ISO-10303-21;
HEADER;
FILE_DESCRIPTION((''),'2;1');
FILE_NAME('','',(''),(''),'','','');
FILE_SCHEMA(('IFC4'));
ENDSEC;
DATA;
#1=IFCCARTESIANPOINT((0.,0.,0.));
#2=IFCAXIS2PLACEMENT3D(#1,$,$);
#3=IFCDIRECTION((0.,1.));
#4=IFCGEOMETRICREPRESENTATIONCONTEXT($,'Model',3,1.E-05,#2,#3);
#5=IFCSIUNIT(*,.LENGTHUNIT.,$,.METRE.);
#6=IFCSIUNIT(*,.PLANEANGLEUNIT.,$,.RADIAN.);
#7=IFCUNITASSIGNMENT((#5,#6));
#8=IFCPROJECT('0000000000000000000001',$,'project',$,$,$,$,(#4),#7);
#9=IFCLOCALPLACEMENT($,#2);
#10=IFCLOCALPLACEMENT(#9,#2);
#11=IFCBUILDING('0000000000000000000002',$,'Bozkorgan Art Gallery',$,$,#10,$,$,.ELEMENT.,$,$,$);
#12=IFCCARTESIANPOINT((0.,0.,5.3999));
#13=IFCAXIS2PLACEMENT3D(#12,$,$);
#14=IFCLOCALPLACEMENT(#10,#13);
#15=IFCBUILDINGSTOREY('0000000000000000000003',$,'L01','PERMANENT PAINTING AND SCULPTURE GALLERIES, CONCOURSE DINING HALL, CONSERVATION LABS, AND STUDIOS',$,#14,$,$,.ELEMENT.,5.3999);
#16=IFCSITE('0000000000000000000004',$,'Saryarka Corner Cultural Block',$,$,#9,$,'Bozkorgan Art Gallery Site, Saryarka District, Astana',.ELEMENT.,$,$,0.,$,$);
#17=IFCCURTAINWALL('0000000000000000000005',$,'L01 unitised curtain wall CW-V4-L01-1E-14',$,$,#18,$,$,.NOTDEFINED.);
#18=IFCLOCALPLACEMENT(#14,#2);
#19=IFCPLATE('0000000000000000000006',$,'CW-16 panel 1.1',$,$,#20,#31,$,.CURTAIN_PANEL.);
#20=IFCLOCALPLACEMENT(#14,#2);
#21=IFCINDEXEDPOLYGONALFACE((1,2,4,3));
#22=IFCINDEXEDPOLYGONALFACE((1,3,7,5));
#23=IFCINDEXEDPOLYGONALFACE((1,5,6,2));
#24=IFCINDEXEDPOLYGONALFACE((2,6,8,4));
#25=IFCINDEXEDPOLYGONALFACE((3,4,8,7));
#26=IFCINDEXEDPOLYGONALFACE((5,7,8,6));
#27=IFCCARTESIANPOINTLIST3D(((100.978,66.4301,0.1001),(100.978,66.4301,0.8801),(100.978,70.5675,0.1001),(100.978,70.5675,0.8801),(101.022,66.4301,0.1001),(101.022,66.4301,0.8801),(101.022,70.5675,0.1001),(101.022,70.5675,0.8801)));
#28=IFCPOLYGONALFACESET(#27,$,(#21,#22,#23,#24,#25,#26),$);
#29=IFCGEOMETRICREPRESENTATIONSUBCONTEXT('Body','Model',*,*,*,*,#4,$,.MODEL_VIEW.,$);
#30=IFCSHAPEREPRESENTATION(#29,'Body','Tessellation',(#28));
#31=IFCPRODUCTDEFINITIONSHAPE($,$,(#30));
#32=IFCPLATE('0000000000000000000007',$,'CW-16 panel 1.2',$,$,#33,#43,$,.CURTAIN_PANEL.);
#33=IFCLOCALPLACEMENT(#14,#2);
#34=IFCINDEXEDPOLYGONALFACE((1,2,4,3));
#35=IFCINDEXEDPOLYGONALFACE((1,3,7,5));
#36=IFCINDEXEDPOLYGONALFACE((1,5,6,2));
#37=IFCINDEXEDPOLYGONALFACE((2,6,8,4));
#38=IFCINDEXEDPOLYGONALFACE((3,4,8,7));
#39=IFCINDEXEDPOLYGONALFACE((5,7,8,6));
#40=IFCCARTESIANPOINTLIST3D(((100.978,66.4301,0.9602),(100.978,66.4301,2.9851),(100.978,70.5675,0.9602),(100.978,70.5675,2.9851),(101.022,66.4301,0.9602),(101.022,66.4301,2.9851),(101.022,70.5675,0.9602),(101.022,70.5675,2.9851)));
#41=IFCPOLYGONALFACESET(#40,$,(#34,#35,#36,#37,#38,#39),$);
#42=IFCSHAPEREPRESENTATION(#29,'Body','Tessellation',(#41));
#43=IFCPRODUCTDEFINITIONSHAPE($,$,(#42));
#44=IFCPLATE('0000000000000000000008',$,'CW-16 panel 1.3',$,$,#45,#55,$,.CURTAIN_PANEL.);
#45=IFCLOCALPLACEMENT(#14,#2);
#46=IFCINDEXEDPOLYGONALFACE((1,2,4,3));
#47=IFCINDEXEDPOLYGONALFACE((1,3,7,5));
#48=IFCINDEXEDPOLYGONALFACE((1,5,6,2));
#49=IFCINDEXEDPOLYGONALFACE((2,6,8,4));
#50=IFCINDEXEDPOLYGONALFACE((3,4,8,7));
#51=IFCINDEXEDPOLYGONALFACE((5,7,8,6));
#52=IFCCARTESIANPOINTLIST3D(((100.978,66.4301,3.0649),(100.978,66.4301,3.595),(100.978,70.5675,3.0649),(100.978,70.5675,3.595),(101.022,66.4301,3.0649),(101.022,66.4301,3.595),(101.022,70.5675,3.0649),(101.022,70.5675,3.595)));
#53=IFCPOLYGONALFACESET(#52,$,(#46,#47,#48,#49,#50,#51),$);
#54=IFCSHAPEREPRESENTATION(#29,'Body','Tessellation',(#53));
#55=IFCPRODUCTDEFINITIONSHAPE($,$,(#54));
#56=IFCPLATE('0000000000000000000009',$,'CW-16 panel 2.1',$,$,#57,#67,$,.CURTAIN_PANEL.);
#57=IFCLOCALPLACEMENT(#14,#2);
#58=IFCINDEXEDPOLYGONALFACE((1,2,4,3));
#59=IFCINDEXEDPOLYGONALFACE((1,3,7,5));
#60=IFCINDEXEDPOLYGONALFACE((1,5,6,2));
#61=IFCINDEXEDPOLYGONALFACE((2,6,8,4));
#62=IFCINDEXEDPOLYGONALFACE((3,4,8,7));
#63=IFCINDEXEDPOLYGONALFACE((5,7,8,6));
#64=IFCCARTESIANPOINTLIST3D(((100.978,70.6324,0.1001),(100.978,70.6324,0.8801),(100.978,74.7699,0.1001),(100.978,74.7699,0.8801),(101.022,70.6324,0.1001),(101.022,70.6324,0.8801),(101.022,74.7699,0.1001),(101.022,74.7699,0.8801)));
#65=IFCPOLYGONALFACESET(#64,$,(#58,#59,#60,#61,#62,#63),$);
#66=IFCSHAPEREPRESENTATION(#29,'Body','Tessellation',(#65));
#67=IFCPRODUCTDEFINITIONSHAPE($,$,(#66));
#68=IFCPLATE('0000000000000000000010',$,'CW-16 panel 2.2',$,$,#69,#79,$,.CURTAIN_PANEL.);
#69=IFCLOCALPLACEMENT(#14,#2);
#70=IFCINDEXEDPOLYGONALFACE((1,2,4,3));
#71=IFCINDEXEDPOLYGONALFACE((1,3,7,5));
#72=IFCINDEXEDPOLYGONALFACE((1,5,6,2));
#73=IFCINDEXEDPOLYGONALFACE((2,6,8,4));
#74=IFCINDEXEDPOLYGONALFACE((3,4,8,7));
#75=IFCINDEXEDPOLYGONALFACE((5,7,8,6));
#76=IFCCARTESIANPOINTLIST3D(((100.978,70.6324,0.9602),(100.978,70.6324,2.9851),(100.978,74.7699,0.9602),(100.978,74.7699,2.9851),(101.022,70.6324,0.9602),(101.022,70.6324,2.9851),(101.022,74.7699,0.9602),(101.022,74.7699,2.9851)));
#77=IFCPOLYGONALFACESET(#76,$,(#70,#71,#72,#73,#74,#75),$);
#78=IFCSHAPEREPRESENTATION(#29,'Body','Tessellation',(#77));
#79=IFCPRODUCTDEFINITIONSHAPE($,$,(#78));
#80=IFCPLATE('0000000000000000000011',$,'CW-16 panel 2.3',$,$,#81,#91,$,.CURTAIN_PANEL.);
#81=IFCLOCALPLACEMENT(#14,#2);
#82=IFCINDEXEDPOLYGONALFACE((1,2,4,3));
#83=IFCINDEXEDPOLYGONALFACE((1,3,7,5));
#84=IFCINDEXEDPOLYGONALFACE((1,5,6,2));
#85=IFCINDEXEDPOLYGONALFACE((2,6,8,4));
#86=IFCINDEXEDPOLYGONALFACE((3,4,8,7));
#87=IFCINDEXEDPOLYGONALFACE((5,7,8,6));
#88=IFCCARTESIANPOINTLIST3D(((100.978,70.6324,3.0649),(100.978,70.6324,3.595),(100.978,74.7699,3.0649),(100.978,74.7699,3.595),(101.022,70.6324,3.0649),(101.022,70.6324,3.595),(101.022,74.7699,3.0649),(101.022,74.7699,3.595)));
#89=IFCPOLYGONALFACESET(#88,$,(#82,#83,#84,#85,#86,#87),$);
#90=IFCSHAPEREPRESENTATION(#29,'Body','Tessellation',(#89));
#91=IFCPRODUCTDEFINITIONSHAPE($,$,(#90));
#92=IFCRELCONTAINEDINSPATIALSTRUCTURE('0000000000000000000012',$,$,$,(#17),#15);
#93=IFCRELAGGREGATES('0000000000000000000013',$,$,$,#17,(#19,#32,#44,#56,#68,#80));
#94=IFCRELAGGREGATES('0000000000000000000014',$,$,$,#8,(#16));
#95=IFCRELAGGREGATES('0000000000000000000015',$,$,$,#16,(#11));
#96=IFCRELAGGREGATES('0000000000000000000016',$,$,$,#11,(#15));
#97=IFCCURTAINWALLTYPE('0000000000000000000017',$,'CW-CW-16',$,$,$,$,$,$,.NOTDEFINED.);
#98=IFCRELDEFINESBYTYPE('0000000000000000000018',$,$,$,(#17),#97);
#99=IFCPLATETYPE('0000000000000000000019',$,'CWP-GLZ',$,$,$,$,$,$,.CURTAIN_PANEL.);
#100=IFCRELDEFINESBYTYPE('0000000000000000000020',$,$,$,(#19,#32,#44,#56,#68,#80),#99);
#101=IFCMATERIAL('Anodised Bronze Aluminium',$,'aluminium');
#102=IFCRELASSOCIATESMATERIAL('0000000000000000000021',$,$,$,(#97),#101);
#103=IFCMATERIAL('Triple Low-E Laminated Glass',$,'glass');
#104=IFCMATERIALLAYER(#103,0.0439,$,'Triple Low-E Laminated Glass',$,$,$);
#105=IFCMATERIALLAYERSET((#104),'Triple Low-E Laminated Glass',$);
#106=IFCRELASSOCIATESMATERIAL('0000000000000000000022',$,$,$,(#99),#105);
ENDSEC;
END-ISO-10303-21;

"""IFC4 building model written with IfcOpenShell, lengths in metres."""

from ifc_helpers import new_model, si_unit, direction, frame, origin, origin_2d, place, context, subcontext, project, spatial, rectangle, extrude, material, layer, layer_set, type_object, element, aggregate, save


model = new_model("IFC4")

# Units and contexts
model_context = context("Model", 3, precision=1e-05, world=origin(), true_north=direction((0.0, 1.0)))
body_context = subcontext(model_context, "Body", "Model", "MODEL_VIEW")
ifc_project = project(units=[si_unit("LENGTHUNIT", "METRE"), si_unit("PLANEANGLEUNIT", "RADIAN")], contexts=[model_context])

# Site, building, storey
site_placement = place(None, origin())
site = spatial("IfcSite", under=ifc_project, at=site_placement, Name="Saryarka Corner Cultural Block", LongName="Bozkorgan Art Gallery Site, Saryarka District, Astana", CompositionType="ELEMENT", RefElevation=0.0)
building_placement = place(site_placement, origin())
building = spatial("IfcBuilding", under=site, at=building_placement, Name="Bozkorgan Art Gallery", CompositionType="ELEMENT")
storey_placement = place(building_placement, frame((0.0, 0.0, 5.3999)))
storey = spatial("IfcBuildingStorey", under=building, at=storey_placement, Name="L01", Description="PERMANENT PAINTING AND SCULPTURE GALLERIES, CONCOURSE DINING HALL, CONSERVATION LABS, AND STUDIOS", CompositionType="ELEMENT", Elevation=5.3999)

# Curtain wall
ifc_material_1 = material(Name="Anodised Bronze Aluminium", Category="aluminium")
curtain_wall_type = type_object("IfcCurtainWallType", Name="CW-CW-16", PredefinedType="NOTDEFINED", material=ifc_material_1)
curtain_wall_1_placement = place(storey_placement, origin())
curtain_wall_1 = element("IfcCurtainWall", 1, at=curtain_wall_1_placement, inside=storey, type_object=curtain_wall_type, Name="L01 unitised curtain wall CW-V4-L01-1E-14", PredefinedType="NOTDEFINED")

# Plates
ifc_material_2 = material(Name="Triple Low-E Laminated Glass", Category="glass")
ifc_layer = layer(ifc_material_2, 0.0439, Name="Triple Low-E Laminated Glass")
ifc_layer_set = layer_set([ifc_layer], Name="Triple Low-E Laminated Glass")
plate_type = type_object("IfcPlateType", Name="CWP-GLZ", PredefinedType="CURTAIN_PANEL", material=ifc_layer_set)
plate_1_placement = place(storey_placement, frame((101.0, 68.4988, 0.1001), z_axis=(0.0, 0.0, 1.0), x_axis=(0.0, 1.0, 0.0)))
plate_1 = element("IfcPlate", 2, at=plate_1_placement, type_object=plate_type, Name="CW-16 panel 1.1", PredefinedType="CURTAIN_PANEL", context=body_context, shape_type="SweptSolid", body=[
    extrude(rectangle(XDim=4.1375, YDim=0.0439, at=origin_2d()), origin(), (0.0, 0.0, 1.0), 0.78),
])
plate_2_placement = place(storey_placement, frame((101.0, 68.4988, 0.9602), z_axis=(0.0, 0.0, 1.0), x_axis=(0.0, 1.0, 0.0)))
plate_2 = element("IfcPlate", 3, at=plate_2_placement, type_object=plate_type, Name="CW-16 panel 1.2", PredefinedType="CURTAIN_PANEL", context=body_context, shape_type="SweptSolid", body=[
    extrude(rectangle(XDim=4.1375, YDim=0.0439, at=origin_2d()), origin(), (0.0, 0.0, 1.0), 2.0249),
])
plate_3_placement = place(storey_placement, frame((101.0, 68.4988, 3.0649), z_axis=(0.0, 0.0, 1.0), x_axis=(0.0, 1.0, 0.0)))
plate_3 = element("IfcPlate", 4, at=plate_3_placement, type_object=plate_type, Name="CW-16 panel 1.3", PredefinedType="CURTAIN_PANEL", context=body_context, shape_type="SweptSolid", body=[
    extrude(rectangle(XDim=4.1375, YDim=0.0439, at=origin_2d()), origin(), (0.0, 0.0, 1.0), 0.53),
])
plate_4_placement = place(storey_placement, frame((101.0, 72.7012, 0.1001), z_axis=(0.0, 0.0, 1.0), x_axis=(0.0, 1.0, 0.0)))
plate_4 = element("IfcPlate", 5, at=plate_4_placement, type_object=plate_type, Name="CW-16 panel 2.1", PredefinedType="CURTAIN_PANEL", context=body_context, shape_type="SweptSolid", body=[
    extrude(rectangle(XDim=4.1375, YDim=0.0439, at=origin_2d()), origin(), (0.0, 0.0, 1.0), 0.78),
])
plate_5_placement = place(storey_placement, frame((101.0, 72.7012, 0.9602), z_axis=(0.0, 0.0, 1.0), x_axis=(0.0, 1.0, 0.0)))
plate_5 = element("IfcPlate", 6, at=plate_5_placement, type_object=plate_type, Name="CW-16 panel 2.2", PredefinedType="CURTAIN_PANEL", context=body_context, shape_type="SweptSolid", body=[
    extrude(rectangle(XDim=4.1375, YDim=0.0439, at=origin_2d()), origin(), (0.0, 0.0, 1.0), 2.0249),
])
plate_6_placement = place(storey_placement, frame((101.0, 72.7012, 3.0649), z_axis=(0.0, 0.0, 1.0), x_axis=(0.0, 1.0, 0.0)))
plate_6 = element("IfcPlate", 7, at=plate_6_placement, type_object=plate_type, Name="CW-16 panel 2.3", PredefinedType="CURTAIN_PANEL", context=body_context, shape_type="SweptSolid", body=[
    extrude(rectangle(XDim=4.1375, YDim=0.0439, at=origin_2d()), origin(), (0.0, 0.0, 1.0), 0.53),
])
aggregate(curtain_wall_1, [plate_1, plate_2, plate_3, plate_4, plate_5, plate_6])

save(model, "model.ifc")
